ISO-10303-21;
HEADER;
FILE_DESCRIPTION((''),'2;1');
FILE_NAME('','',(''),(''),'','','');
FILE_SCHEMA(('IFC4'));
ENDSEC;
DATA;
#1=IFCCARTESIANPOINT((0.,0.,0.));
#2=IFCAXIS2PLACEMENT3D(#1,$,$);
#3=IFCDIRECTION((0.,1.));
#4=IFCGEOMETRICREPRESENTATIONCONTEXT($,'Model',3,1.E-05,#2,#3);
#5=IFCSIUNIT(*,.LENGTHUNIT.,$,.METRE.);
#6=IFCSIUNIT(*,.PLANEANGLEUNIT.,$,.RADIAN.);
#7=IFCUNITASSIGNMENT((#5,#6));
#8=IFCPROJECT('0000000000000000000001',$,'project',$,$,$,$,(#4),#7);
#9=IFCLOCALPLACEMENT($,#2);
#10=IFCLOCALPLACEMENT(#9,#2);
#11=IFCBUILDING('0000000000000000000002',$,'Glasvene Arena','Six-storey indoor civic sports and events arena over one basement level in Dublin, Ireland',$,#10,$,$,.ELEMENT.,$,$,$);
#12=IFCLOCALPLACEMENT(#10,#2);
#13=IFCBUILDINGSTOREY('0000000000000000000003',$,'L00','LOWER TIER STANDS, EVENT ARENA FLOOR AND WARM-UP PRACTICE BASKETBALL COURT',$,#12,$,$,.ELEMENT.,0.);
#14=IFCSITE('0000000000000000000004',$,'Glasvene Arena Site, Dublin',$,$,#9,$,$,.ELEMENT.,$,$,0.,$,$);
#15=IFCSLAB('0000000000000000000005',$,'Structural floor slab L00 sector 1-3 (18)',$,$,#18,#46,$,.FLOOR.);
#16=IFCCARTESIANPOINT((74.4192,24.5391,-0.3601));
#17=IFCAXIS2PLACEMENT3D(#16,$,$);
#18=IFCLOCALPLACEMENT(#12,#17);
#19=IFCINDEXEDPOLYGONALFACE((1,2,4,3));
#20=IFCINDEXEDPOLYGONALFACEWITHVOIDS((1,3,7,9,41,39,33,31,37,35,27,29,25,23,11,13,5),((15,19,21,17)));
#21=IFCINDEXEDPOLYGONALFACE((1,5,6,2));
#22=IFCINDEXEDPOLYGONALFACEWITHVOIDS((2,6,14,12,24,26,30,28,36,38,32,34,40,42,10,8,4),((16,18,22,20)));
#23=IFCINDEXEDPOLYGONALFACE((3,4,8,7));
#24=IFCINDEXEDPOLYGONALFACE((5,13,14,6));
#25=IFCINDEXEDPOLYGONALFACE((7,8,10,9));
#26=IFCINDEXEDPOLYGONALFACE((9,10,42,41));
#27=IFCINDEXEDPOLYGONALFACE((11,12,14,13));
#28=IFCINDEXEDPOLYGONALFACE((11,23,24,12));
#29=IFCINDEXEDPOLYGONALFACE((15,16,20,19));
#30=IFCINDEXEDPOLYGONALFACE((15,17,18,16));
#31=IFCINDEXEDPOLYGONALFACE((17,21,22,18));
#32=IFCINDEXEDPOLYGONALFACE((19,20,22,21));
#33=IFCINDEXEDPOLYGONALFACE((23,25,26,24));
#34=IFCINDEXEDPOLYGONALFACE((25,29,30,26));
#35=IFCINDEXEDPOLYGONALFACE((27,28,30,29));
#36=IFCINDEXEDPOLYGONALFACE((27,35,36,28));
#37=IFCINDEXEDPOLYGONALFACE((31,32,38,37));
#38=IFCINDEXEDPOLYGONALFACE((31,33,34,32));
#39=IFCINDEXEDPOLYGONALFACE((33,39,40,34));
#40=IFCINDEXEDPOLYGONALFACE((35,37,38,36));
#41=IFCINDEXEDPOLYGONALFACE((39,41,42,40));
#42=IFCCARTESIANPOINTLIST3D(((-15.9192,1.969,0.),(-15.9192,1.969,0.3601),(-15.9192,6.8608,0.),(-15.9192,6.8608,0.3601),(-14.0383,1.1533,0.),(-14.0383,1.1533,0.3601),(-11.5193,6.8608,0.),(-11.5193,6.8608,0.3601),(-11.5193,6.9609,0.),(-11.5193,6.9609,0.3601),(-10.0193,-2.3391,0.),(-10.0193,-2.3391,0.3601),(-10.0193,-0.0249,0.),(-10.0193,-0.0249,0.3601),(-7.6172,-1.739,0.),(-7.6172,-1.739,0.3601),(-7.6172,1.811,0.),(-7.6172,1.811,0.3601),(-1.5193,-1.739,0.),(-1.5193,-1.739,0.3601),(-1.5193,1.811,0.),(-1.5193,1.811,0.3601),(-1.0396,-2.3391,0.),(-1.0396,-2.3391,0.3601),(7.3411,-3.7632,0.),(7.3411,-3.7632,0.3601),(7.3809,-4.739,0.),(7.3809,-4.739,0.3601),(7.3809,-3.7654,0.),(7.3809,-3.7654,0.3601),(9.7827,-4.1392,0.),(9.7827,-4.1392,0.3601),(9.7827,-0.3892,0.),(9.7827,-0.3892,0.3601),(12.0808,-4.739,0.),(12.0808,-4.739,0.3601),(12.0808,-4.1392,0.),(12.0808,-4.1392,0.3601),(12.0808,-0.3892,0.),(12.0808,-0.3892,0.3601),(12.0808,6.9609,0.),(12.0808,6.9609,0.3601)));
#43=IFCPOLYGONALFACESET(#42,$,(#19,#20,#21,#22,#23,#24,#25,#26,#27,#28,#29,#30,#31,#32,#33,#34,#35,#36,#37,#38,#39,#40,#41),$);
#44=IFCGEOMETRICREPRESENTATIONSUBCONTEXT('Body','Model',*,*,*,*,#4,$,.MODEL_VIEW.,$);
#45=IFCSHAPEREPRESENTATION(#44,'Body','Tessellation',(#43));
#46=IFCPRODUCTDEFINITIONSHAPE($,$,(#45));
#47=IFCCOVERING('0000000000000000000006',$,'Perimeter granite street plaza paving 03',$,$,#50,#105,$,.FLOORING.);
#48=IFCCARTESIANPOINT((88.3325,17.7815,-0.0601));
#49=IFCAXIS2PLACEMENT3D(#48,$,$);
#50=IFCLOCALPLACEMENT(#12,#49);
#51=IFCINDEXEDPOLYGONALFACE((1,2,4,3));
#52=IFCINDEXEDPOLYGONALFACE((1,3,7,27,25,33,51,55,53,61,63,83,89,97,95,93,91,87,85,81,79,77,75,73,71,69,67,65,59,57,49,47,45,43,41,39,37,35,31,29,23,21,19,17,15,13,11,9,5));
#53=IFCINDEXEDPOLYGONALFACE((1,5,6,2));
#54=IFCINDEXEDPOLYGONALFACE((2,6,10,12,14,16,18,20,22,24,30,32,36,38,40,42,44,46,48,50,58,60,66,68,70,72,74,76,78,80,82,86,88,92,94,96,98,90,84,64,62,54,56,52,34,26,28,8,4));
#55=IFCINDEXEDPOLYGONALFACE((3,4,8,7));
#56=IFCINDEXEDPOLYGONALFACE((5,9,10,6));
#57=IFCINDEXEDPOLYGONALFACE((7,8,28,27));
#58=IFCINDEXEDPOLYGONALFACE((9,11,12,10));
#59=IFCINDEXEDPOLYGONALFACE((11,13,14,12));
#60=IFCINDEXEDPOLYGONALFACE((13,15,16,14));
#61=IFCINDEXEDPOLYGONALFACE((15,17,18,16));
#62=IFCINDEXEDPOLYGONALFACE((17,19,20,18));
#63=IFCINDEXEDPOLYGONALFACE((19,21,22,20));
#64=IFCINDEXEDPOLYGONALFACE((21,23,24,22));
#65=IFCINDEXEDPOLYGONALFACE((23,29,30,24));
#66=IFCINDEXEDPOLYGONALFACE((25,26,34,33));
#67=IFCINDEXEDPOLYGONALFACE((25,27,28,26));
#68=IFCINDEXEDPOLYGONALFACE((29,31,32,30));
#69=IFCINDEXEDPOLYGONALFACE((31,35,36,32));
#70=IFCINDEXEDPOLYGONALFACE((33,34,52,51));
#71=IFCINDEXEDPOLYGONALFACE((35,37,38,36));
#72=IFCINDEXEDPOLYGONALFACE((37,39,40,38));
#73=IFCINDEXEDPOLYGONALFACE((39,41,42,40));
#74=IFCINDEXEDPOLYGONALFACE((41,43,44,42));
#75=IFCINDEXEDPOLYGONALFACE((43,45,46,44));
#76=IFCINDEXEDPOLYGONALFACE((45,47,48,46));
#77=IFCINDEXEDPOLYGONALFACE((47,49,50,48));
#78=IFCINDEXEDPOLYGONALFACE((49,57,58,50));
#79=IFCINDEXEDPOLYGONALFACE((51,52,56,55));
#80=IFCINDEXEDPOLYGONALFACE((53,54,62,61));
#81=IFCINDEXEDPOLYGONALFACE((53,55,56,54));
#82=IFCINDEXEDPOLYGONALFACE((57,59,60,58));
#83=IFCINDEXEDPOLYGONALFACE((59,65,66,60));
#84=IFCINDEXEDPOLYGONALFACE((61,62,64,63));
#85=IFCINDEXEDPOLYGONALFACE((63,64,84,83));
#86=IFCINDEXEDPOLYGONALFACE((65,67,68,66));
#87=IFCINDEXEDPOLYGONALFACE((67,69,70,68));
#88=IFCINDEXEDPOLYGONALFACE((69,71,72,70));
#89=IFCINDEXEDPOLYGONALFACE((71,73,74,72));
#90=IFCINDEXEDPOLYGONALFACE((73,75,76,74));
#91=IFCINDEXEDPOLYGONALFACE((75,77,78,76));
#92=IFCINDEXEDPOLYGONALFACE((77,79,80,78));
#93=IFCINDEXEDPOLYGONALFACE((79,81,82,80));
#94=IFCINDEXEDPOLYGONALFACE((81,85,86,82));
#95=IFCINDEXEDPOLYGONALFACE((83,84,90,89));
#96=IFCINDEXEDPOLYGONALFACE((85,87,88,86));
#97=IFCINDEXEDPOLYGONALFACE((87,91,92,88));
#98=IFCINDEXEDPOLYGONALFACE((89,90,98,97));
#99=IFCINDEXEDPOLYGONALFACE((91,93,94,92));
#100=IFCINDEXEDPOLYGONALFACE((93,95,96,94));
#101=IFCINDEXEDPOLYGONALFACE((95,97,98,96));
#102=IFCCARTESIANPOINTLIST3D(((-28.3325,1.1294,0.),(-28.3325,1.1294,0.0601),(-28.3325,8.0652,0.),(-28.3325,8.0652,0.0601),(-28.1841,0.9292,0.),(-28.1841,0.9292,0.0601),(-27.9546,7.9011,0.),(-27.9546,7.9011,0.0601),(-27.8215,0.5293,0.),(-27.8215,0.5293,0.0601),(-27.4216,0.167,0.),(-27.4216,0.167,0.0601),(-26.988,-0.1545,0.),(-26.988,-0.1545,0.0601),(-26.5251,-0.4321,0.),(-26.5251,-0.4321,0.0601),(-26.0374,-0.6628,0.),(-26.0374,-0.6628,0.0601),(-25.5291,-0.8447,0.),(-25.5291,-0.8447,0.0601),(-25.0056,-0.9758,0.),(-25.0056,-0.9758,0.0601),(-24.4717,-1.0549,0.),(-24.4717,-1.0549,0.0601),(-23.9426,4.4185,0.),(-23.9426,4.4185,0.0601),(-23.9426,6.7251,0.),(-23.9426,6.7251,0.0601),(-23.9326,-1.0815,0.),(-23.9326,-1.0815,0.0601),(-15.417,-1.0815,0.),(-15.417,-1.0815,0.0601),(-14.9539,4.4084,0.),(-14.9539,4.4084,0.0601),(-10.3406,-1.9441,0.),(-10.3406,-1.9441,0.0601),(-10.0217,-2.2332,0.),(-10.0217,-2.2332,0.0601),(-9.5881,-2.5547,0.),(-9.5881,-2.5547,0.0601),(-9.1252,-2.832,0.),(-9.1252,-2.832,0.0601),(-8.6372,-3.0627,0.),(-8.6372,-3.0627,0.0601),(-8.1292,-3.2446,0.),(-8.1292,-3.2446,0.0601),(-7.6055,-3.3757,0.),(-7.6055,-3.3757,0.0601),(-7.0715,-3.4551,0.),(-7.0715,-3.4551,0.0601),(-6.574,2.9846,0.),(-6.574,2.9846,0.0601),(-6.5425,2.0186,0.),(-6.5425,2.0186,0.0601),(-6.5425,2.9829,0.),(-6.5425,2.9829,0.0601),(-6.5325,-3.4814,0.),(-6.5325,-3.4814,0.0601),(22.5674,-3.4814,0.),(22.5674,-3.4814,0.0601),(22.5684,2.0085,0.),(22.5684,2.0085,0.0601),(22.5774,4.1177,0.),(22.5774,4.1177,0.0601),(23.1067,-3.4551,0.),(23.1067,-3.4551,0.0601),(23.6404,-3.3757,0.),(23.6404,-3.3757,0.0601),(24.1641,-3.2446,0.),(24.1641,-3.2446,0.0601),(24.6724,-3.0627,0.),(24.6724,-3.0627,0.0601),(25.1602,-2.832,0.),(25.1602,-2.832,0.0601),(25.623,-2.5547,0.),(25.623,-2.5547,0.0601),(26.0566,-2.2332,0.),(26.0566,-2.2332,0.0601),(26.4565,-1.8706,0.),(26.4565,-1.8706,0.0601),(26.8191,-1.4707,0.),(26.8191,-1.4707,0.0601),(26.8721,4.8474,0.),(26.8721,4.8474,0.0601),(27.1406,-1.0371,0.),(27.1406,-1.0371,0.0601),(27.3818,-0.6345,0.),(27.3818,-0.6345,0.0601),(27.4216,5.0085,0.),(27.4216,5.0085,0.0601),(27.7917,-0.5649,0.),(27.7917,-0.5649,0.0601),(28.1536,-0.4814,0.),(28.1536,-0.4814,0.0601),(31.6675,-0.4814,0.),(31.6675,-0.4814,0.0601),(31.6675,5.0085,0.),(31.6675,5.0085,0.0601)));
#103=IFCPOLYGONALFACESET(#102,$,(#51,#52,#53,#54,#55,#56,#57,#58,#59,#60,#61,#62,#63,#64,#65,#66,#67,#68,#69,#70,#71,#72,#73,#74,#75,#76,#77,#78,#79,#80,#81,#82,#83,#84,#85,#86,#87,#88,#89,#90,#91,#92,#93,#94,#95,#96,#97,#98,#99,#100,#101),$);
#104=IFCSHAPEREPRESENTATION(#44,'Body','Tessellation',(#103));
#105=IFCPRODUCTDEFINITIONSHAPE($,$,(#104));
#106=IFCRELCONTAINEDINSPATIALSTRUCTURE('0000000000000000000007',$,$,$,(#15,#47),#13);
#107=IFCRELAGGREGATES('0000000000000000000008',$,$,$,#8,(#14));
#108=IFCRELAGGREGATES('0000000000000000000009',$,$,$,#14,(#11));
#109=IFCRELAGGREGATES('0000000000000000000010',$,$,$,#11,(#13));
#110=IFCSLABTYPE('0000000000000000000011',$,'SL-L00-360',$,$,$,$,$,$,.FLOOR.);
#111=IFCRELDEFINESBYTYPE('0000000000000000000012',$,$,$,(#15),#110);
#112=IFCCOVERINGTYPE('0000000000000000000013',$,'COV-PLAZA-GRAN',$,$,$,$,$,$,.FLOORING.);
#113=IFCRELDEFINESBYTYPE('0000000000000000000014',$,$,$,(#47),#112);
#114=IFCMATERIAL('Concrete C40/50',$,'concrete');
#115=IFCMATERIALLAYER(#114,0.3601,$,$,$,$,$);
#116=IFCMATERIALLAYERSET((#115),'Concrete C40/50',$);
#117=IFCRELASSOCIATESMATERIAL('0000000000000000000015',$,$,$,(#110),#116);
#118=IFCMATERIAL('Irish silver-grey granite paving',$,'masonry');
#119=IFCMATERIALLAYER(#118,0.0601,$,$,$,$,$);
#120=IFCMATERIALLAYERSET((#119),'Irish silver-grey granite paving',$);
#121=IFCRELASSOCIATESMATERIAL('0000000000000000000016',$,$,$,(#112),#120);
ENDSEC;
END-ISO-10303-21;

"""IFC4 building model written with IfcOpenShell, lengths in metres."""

from ifc_helpers import new_model, si_unit, direction, frame, origin, place, context, subcontext, project, spatial, polyline, outline, extrude, material, layer, layer_set, type_object, element, save


model = new_model("IFC4")

# Units and contexts
model_context = context("Model", 3, precision=1e-05, world=origin(), true_north=direction((0.0, 1.0)))
body_context = subcontext(model_context, "Body", "Model", "MODEL_VIEW")
ifc_project = project(units=[si_unit("LENGTHUNIT", "METRE"), si_unit("PLANEANGLEUNIT", "RADIAN")], contexts=[model_context])

# Site, building, storey
site_placement = place(None, origin())
site = spatial("IfcSite", under=ifc_project, at=site_placement, Name="Glasvene Arena Site, Dublin", CompositionType="ELEMENT", RefElevation=0.0)
building_placement = place(site_placement, origin())
building = spatial("IfcBuilding", under=site, at=building_placement, Name="Glasvene Arena", Description="Six-storey indoor civic sports and events arena over one basement level in Dublin, Ireland", CompositionType="ELEMENT")
storey_placement = place(building_placement, origin())
storey = spatial("IfcBuildingStorey", under=building, at=storey_placement, Name="L00", Description="LOWER TIER STANDS, EVENT ARENA FLOOR AND WARM-UP PRACTICE BASKETBALL COURT", CompositionType="ELEMENT", Elevation=0.0)

# Slab
ifc_material_1 = material(Name="Concrete C40/50", Category="concrete")
ifc_layer_1 = layer(ifc_material_1, 0.3601)
ifc_layer_set_1 = layer_set([ifc_layer_1], Name="Concrete C40/50")
slab_type = type_object("IfcSlabType", Name="SL-L00-360", PredefinedType="FLOOR", material=ifc_layer_set_1)
slab_placement = place(storey_placement, frame((74.4192, 24.5391, -0.3601)))
element("IfcSlab", 1, at=slab_placement, inside=storey, type_object=slab_type, Name="Structural floor slab L00 sector 1-3 (18)", PredefinedType="FLOOR", context=body_context, shape_type="SweptSolid", body=[
    extrude(outline(polyline([(7.3809, -3.7654), (7.3411, -3.7632), (-1.0396, -2.3391), (-10.0193, -2.3391), (-10.0193, -0.0249), (-14.0383, 1.1533), (-15.9192, 1.969), (-15.9192, 6.8608), (-11.5193, 6.8608), (-11.5193, 6.9609), (12.0808, 6.9609), (12.0808, -0.3892), (9.7827, -0.3892), (9.7827, -4.1392), (12.0808, -4.1392), (12.0808, -4.739), (7.3809, -4.739), (7.3809, -3.7654)]), holes=[polyline([(-1.5193, -1.739), (-1.5193, 1.811), (-7.6172, 1.811), (-7.6172, -1.739), (-1.5193, -1.739)])]), origin(), (0.0, 0.0, 1.0), 0.3601),
])

# Covering
ifc_material_2 = material(Name="Irish silver-grey granite paving", Category="masonry")
ifc_layer_2 = layer(ifc_material_2, 0.0601)
ifc_layer_set_2 = layer_set([ifc_layer_2], Name="Irish silver-grey granite paving")
covering_type_1 = type_object("IfcCoveringType", Name="COV-PLAZA-GRAN", PredefinedType="FLOORING", material=ifc_layer_set_2)
covering_1_placement = place(storey_placement, frame((88.3325, 17.7815, -0.0601)))
element("IfcCovering", 2, at=covering_1_placement, inside=storey, type_object=covering_type_1, Name="Perimeter granite street plaza paving 03", PredefinedType="FLOORING", context=body_context, shape_type="SweptSolid", body=[
    extrude(outline(polyline([(28.1536, -0.4814), (27.7917, -0.5649), (27.3818, -0.6345), (27.1406, -1.0371), (26.8191, -1.4707), (26.4565, -1.8706), (26.0566, -2.2332), (25.623, -2.5547), (25.1602, -2.832), (24.6724, -3.0627), (24.1641, -3.2446), (23.6404, -3.3757), (23.1067, -3.4551), (22.5674, -3.4814), (-6.5325, -3.4814), (-7.0715, -3.4551), (-7.6055, -3.3757), (-8.1292, -3.2446), (-8.6372, -3.0627), (-9.1252, -2.832), (-9.5881, -2.5547), (-10.0217, -2.2332), (-10.3406, -1.9441), (-15.417, -1.0815), (-23.9326, -1.0815), (-24.4717, -1.0549), (-25.0056, -0.9758), (-25.5291, -0.8447), (-26.0374, -0.6628), (-26.5251, -0.4321), (-26.988, -0.1545), (-27.4216, 0.167), (-27.8215, 0.5293), (-28.1841, 0.9292), (-28.3325, 1.1294), (-28.3325, 8.0652), (-27.9546, 7.9011), (-23.9426, 6.7251), (-23.9426, 4.4185), (-14.9539, 4.4084), (-6.574, 2.9846), (-6.5425, 2.9829), (-6.5425, 2.0186), (22.5684, 2.0085), (22.5774, 4.1177), (26.8721, 4.8474), (27.4216, 5.0085), (31.6675, 5.0085), (31.6675, -0.4814), (28.1536, -0.4814)])), origin(), (0.0, 0.0, 1.0), 0.0601),
])

save(model, "model.ifc")
